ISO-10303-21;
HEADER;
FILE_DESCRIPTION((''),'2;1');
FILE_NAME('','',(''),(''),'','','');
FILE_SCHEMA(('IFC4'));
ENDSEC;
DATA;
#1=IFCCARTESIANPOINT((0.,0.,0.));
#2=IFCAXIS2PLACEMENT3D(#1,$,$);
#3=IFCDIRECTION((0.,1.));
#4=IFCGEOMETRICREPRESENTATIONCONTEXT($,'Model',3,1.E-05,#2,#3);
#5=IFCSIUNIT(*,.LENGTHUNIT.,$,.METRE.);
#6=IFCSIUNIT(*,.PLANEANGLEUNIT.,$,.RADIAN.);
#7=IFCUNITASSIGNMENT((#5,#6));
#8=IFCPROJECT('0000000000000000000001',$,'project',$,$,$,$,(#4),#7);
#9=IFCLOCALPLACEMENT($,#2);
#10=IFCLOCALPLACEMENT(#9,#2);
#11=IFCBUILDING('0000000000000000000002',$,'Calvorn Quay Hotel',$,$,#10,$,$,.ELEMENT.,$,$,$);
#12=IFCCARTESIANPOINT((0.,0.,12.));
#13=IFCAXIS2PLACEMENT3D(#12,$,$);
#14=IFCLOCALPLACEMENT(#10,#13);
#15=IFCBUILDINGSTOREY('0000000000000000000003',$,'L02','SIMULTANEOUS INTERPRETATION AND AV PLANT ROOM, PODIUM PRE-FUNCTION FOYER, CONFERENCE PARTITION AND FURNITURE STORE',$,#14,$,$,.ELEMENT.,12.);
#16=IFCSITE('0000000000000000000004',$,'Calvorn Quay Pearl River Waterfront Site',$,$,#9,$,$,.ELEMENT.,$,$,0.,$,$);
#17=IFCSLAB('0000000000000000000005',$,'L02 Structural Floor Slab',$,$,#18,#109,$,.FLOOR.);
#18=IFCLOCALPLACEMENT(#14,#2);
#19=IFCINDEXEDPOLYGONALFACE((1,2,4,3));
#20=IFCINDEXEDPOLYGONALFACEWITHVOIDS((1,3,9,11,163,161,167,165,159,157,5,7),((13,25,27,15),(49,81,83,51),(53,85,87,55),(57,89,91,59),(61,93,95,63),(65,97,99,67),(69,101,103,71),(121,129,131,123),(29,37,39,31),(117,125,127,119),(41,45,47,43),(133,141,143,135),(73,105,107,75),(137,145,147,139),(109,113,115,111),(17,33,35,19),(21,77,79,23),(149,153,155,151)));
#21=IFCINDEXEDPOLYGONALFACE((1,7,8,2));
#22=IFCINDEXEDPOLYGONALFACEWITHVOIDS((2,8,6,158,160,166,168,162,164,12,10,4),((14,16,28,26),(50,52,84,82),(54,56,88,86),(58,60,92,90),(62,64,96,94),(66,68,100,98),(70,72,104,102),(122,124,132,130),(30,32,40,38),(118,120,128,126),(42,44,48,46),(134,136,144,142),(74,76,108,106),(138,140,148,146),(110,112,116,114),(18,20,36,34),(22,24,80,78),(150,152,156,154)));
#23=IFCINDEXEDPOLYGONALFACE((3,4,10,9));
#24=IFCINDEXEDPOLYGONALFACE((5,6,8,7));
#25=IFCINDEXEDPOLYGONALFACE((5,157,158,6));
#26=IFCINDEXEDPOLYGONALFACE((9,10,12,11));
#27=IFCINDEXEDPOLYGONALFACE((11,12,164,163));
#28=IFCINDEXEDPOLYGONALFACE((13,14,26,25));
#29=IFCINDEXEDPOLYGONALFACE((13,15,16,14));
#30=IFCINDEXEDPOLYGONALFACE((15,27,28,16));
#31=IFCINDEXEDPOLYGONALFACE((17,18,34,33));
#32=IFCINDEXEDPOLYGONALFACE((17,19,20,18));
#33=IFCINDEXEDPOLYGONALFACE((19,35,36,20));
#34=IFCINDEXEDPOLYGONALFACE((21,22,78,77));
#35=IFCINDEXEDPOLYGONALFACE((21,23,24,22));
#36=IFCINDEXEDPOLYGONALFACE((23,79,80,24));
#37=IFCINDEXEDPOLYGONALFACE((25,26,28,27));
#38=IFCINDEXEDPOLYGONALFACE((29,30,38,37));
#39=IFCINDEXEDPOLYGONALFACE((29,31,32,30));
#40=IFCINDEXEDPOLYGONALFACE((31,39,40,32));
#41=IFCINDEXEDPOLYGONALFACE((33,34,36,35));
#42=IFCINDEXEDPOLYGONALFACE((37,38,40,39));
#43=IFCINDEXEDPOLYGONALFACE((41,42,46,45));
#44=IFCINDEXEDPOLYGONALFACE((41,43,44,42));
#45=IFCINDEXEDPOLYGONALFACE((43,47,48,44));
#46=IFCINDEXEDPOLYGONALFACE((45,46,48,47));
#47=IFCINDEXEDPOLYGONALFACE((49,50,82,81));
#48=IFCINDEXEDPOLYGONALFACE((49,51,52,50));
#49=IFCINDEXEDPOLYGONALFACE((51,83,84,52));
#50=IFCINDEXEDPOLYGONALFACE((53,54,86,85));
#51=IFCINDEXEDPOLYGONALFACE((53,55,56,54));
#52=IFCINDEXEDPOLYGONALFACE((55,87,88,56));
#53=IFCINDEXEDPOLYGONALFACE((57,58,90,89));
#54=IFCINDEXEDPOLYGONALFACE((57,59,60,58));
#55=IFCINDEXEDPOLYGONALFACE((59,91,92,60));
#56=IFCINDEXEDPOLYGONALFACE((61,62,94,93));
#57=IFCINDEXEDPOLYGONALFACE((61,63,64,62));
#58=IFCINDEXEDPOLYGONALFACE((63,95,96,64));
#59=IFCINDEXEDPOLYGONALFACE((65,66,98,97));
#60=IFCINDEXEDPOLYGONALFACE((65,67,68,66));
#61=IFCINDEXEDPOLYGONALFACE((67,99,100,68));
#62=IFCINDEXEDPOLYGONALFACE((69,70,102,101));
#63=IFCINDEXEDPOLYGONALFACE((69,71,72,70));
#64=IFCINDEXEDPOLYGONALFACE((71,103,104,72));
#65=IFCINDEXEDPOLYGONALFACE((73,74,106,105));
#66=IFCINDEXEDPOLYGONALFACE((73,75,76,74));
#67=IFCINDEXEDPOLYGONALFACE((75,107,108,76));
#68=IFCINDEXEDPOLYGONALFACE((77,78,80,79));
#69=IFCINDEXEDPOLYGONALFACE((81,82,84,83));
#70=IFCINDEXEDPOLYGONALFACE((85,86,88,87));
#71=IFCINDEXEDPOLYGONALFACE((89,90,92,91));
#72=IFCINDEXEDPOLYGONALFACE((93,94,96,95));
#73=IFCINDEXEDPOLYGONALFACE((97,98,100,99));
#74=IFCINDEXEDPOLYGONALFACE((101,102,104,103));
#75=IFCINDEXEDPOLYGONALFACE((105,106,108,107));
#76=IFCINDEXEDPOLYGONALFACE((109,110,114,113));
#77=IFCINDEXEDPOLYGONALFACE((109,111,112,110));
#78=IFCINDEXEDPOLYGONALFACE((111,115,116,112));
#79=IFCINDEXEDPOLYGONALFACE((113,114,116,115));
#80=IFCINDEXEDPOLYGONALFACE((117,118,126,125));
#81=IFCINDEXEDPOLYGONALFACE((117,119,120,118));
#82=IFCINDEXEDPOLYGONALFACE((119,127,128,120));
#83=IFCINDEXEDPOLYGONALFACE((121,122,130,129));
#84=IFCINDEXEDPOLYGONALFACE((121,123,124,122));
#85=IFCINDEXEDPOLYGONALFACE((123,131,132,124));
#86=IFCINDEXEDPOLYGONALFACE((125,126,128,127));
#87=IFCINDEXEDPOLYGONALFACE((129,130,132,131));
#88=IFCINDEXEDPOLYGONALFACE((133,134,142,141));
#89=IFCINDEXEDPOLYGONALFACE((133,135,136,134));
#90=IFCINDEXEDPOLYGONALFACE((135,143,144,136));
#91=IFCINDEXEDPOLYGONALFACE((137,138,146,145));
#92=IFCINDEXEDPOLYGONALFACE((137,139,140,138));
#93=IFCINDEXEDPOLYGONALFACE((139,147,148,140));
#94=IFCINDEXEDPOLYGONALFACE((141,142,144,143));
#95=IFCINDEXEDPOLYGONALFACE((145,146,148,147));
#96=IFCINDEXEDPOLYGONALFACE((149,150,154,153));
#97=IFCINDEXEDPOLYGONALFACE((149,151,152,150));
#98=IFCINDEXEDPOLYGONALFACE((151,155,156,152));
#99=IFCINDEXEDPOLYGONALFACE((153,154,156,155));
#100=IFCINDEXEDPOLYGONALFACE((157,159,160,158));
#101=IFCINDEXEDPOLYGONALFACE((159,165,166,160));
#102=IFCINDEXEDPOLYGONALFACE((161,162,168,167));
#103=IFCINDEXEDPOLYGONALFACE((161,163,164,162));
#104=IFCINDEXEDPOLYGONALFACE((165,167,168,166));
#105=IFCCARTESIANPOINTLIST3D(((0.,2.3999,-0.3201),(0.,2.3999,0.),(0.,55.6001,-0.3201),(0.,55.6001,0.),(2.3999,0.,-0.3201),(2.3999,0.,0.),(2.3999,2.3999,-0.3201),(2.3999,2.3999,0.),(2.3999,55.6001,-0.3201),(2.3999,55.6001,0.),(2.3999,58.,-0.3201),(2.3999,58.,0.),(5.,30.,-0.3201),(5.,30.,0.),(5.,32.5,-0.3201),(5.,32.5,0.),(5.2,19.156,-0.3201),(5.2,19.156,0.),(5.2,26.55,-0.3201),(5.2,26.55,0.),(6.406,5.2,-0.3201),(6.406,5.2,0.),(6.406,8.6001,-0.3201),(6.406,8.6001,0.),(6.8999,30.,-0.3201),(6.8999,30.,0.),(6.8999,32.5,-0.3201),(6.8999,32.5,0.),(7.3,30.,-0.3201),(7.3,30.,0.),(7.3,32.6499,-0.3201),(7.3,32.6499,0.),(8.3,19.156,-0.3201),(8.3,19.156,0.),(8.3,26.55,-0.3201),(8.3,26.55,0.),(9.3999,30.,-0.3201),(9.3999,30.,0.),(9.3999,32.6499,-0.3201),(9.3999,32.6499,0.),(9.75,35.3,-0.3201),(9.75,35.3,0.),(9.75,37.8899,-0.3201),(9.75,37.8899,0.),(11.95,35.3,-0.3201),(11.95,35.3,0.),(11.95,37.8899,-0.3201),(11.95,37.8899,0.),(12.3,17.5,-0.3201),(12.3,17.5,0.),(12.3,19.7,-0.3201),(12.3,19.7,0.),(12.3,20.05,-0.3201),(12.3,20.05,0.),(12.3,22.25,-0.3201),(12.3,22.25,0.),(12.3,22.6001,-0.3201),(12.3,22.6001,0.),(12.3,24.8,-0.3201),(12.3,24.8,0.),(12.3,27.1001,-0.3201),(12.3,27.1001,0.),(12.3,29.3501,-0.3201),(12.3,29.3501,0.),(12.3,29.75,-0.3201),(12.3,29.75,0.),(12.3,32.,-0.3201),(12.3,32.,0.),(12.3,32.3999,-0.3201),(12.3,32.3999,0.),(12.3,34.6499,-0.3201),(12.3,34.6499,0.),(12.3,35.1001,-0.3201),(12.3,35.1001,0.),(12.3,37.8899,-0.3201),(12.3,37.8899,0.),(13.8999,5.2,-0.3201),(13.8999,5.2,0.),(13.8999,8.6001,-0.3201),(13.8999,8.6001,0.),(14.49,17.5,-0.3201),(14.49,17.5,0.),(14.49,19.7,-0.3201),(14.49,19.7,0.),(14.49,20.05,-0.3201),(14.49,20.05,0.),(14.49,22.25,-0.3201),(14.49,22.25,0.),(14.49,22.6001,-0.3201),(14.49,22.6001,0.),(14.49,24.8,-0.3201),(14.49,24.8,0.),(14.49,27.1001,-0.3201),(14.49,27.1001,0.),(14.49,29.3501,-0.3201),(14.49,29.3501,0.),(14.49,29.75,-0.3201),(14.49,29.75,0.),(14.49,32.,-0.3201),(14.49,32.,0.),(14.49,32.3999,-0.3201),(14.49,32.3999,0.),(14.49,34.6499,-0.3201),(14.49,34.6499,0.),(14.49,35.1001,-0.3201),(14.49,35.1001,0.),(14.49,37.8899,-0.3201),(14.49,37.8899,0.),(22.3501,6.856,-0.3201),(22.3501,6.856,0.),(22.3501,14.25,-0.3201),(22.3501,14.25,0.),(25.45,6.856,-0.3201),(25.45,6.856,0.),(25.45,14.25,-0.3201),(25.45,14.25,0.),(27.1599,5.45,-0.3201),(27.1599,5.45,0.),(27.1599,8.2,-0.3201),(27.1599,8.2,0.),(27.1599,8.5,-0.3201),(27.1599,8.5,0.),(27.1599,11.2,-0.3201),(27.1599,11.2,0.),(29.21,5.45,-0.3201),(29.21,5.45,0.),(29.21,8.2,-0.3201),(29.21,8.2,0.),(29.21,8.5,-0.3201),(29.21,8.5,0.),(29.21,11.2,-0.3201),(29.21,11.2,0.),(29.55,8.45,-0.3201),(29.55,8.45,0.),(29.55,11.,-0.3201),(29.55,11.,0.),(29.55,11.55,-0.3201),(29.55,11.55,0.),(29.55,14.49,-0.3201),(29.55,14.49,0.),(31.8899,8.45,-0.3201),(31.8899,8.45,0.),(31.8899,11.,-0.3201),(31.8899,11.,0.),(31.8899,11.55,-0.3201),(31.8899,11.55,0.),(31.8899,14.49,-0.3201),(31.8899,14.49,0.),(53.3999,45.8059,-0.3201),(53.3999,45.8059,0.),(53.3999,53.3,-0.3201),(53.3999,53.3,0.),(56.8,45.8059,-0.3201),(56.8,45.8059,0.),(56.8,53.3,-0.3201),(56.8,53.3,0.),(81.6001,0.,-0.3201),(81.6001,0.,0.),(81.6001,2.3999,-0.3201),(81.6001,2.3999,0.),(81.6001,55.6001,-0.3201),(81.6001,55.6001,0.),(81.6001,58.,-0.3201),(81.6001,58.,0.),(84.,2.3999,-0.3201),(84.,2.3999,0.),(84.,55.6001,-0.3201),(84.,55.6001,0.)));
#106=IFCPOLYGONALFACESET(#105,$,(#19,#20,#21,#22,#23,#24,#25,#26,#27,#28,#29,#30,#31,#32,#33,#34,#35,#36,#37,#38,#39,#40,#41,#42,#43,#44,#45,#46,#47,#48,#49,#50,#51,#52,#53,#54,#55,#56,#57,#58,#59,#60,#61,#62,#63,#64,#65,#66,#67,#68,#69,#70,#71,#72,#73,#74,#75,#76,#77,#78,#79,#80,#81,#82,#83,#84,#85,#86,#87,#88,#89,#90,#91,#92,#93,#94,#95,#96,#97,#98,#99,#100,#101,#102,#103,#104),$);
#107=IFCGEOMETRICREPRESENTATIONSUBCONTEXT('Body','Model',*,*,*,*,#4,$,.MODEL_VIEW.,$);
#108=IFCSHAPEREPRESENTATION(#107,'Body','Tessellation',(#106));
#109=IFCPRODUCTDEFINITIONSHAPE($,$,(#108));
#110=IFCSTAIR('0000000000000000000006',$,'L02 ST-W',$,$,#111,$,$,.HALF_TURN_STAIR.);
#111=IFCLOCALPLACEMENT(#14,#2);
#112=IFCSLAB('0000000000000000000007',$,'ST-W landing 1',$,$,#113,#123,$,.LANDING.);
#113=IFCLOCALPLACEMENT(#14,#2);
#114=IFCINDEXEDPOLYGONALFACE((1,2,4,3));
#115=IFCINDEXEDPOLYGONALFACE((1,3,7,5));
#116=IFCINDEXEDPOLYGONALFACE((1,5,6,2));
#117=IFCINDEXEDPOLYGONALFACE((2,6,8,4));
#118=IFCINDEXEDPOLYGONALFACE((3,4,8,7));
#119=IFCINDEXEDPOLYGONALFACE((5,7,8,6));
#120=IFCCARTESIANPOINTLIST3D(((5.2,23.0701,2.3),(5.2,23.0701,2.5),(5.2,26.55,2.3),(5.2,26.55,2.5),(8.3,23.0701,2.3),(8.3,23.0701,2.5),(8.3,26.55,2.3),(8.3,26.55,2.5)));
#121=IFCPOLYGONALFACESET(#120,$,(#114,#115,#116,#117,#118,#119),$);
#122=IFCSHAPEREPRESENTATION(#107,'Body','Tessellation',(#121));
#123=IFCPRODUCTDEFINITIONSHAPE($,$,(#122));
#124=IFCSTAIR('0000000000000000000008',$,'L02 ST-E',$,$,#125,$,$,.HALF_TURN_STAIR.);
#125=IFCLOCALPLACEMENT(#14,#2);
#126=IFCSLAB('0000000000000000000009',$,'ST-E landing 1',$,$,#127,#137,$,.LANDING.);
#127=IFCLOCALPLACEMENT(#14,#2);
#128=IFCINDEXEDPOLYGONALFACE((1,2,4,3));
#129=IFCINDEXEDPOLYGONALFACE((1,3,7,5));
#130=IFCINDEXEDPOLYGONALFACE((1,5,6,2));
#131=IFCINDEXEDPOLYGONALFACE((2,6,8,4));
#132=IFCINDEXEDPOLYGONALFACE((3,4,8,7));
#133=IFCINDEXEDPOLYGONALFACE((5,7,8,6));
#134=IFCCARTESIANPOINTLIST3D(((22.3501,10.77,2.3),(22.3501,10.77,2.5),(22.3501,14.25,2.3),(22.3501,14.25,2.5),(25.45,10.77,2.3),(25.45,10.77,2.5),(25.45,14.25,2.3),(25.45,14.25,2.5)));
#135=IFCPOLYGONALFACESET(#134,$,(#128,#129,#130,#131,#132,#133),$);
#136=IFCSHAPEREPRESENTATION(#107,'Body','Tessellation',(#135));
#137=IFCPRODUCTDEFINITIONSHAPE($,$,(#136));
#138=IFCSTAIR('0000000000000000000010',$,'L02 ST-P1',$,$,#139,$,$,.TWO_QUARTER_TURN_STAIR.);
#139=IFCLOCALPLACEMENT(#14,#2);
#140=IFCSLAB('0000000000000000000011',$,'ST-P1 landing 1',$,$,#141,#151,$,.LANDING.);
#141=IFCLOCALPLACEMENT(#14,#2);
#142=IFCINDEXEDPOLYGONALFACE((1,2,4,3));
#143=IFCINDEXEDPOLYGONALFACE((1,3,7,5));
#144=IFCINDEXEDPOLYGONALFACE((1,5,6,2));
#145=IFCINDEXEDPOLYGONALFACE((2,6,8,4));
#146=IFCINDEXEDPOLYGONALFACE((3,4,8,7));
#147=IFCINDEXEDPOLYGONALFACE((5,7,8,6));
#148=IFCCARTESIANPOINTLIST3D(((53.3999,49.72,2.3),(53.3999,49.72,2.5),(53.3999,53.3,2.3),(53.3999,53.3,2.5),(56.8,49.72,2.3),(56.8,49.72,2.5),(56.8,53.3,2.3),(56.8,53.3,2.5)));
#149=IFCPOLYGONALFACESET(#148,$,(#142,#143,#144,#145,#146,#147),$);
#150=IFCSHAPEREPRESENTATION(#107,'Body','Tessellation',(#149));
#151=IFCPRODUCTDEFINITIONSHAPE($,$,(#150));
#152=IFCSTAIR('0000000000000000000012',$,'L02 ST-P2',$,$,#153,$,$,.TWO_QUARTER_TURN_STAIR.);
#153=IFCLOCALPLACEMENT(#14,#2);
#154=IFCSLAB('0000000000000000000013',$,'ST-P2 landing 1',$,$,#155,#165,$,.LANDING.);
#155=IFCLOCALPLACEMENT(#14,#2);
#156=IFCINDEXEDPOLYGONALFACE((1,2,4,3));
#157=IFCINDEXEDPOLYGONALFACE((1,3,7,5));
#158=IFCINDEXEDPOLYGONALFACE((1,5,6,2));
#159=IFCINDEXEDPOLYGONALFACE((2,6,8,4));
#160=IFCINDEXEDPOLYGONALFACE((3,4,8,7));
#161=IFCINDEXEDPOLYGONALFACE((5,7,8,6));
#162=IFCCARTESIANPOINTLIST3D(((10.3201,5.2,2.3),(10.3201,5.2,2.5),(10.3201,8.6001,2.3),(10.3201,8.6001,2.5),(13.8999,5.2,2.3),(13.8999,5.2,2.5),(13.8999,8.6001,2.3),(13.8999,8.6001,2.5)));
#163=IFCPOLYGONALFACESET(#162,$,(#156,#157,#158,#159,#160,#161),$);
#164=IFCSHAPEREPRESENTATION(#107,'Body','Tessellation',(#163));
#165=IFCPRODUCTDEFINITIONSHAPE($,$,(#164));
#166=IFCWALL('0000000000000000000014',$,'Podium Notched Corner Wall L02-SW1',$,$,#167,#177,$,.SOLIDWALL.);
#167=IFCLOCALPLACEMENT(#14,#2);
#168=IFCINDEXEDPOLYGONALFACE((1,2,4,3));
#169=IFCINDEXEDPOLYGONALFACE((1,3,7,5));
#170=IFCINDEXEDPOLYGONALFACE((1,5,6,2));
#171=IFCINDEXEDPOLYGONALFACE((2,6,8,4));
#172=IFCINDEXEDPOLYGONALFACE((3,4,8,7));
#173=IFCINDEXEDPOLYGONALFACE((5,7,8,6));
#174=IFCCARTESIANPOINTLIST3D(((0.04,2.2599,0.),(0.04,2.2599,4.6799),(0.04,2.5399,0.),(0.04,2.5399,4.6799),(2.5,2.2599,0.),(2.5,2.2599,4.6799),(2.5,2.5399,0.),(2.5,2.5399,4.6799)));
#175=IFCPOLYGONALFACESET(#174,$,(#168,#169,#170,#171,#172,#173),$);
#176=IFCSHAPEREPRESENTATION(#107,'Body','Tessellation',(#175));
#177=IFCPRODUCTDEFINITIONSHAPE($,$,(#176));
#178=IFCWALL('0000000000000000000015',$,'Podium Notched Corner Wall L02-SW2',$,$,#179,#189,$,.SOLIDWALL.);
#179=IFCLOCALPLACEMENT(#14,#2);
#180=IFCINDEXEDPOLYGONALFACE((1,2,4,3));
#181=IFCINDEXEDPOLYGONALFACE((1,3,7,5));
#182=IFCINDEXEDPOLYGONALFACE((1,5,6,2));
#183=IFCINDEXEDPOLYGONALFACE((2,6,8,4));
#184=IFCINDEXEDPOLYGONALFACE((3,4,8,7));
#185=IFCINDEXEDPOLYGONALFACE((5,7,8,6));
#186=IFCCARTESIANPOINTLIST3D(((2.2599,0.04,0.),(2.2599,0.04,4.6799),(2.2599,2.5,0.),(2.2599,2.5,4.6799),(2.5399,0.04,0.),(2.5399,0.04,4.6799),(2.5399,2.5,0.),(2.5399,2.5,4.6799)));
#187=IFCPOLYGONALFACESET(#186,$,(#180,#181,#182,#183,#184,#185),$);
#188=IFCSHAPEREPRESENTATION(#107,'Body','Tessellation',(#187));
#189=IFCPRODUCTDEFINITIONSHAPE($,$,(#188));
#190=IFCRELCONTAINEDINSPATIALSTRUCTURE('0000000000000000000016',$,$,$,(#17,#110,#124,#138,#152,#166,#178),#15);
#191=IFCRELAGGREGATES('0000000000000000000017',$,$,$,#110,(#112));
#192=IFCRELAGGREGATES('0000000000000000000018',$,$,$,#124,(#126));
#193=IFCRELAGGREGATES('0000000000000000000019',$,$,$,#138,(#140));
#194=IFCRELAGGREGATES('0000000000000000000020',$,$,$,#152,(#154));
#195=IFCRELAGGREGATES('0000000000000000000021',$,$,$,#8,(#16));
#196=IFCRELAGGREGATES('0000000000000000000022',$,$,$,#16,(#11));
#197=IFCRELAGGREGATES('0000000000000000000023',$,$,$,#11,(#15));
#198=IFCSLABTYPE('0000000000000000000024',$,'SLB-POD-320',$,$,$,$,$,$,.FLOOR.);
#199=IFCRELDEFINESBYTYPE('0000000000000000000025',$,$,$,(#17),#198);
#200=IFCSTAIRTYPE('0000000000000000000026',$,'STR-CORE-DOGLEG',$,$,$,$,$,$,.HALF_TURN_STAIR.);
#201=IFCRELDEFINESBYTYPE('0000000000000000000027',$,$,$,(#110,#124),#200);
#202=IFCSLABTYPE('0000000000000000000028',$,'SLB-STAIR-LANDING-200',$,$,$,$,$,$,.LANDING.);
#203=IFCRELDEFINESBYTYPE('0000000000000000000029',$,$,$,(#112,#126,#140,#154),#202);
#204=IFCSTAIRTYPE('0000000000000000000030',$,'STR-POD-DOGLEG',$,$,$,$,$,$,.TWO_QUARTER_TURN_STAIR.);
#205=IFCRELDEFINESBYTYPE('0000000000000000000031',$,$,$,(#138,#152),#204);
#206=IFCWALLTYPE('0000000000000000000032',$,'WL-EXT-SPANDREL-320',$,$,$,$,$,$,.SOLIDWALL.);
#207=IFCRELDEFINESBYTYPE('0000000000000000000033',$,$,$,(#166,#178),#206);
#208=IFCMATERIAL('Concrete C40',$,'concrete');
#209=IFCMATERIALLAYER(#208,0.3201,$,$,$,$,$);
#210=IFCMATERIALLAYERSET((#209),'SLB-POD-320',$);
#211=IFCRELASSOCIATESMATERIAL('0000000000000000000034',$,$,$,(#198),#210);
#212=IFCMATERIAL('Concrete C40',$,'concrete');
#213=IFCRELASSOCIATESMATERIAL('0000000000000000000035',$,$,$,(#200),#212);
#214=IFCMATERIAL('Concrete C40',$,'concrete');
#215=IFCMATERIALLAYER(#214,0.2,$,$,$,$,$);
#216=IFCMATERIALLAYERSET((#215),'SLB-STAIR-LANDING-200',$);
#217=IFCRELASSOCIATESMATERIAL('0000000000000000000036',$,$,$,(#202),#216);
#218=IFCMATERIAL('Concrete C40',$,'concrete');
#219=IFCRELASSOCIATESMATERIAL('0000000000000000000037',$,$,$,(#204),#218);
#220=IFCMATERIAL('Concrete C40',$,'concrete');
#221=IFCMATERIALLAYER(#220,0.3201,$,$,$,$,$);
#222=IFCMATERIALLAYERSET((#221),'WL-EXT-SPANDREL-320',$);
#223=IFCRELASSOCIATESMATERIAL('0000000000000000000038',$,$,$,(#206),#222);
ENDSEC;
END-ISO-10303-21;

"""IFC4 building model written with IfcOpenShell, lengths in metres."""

from ifc_helpers import new_model, si_unit, direction, frame, frame_2d, origin, place, context, subcontext, project, spatial, polyline, rectangle, outline, extrude, material, layer, layer_set, type_object, element, aggregate, save


model = new_model("IFC4")

# Units and contexts
model_context = context("Model", 3, precision=1e-05, world=origin(), true_north=direction((0.0, 1.0)))
body_context = subcontext(model_context, "Body", "Model", "MODEL_VIEW")
ifc_project = project(units=[si_unit("LENGTHUNIT", "METRE"), si_unit("PLANEANGLEUNIT", "RADIAN")], contexts=[model_context])

# Site, building, storey
site_placement = place(None, origin())
site = spatial("IfcSite", under=ifc_project, at=site_placement, Name="Calvorn Quay Pearl River Waterfront Site", CompositionType="ELEMENT", RefElevation=0.0)
building_placement = place(site_placement, origin())
building = spatial("IfcBuilding", under=site, at=building_placement, Name="Calvorn Quay Hotel", CompositionType="ELEMENT")
storey_placement = place(building_placement, frame((0.0, 0.0, 12.0)))
storey = spatial("IfcBuildingStorey", under=building, at=storey_placement, Name="L02", Description="SIMULTANEOUS INTERPRETATION AND AV PLANT ROOM, PODIUM PRE-FUNCTION FOYER, CONFERENCE PARTITION AND FURNITURE STORE", CompositionType="ELEMENT", Elevation=12.0)

# Slab
ifc_material_1 = material(Name="Concrete C40", Category="concrete")
ifc_layer_1 = layer(ifc_material_1, 0.3201)
ifc_layer_set_1 = layer_set([ifc_layer_1], Name="SLB-POD-320")
slab_type_1 = type_object("IfcSlabType", Name="SLB-POD-320", PredefinedType="FLOOR", material=ifc_layer_set_1)
slab_1_placement = place(storey_placement, frame((0.0, 0.0, -0.3201)))
element("IfcSlab", 1, at=slab_1_placement, inside=storey, type_object=slab_type_1, Name="L02 Structural Floor Slab", PredefinedType="FLOOR", context=body_context, shape_type="SweptSolid", body=[
    extrude(outline(polyline([(0.0, 2.3999), (2.3999, 2.3999), (2.3999, 0.0), (81.6001, 0.0), (81.6001, 2.3999), (84.0, 2.3999), (84.0, 55.6001), (81.6001, 55.6001), (81.6001, 58.0), (2.3999, 58.0), (2.3999, 55.6001), (0.0, 55.6001), (0.0, 2.3999)]), holes=[polyline([(5.2, 19.156), (8.3, 19.156), (8.3, 26.55), (5.2, 26.55), (5.2, 19.156)]), polyline([(22.3501, 6.856), (25.45, 6.856), (25.45, 14.25), (22.3501, 14.25), (22.3501, 6.856)]), polyline([(53.3999, 45.8059), (56.8, 45.8059), (56.8, 53.3), (53.3999, 53.3), (53.3999, 45.8059)]), polyline([(6.406, 5.2), (13.8999, 5.2), (13.8999, 8.6001), (6.406, 8.6001), (6.406, 5.2)]), polyline([(5.0, 30.0), (6.8999, 30.0), (6.8999, 32.5), (5.0, 32.5), (5.0, 30.0)]), polyline([(7.3, 30.0), (9.3999, 30.0), (9.3999, 32.6499), (7.3, 32.6499), (7.3, 30.0)]), polyline([(27.1599, 8.5), (29.21, 8.5), (29.21, 11.2), (27.1599, 11.2), (27.1599, 8.5)]), polyline([(27.1599, 5.45), (29.21, 5.45), (29.21, 8.2), (27.1599, 8.2), (27.1599, 5.45)]), polyline([(12.3, 17.5), (14.49, 17.5), (14.49, 19.7), (12.3, 19.7), (12.3, 17.5)]), polyline([(12.3, 20.05), (14.49, 20.05), (14.49, 22.25), (12.3, 22.25), (12.3, 20.05)]), polyline([(12.3, 22.6001), (14.49, 22.6001), (14.49, 24.8), (12.3, 24.8), (12.3, 22.6001)]), polyline([(12.3, 27.1001), (14.49, 27.1001), (14.49, 29.3501), (12.3, 29.3501), (12.3, 27.1001)]), polyline([(12.3, 29.75), (14.49, 29.75), (14.49, 32.0), (12.3, 32.0), (12.3, 29.75)]), polyline([(12.3, 32.3999), (14.49, 32.3999), (14.49, 34.6499), (12.3, 34.6499), (12.3, 32.3999)]), polyline([(12.3, 35.1001), (14.49, 35.1001), (14.49, 37.8899), (12.3, 37.8899), (12.3, 35.1001)]), polyline([(9.75, 35.3), (11.95, 35.3), (11.95, 37.8899), (9.75, 37.8899), (9.75, 35.3)]), polyline([(29.55, 11.55), (31.8899, 11.55), (31.8899, 14.49), (29.55, 14.49), (29.55, 11.55)]), polyline([(29.55, 8.45), (31.8899, 8.45), (31.8899, 11.0), (29.55, 11.0), (29.55, 8.45)])]), origin(), (0.0, 0.0, 1.0), 0.3201),
])

# Stairs, slabs
ifc_material_2 = material(Name="Concrete C40", Category="concrete")
stair_type_1 = type_object("IfcStairType", Name="STR-CORE-DOGLEG", PredefinedType="HALF_TURN_STAIR", material=ifc_material_2)
stair_1_placement = place(storey_placement, origin())
stair_1 = element("IfcStair", 2, at=stair_1_placement, inside=storey, type_object=stair_type_1, Name="L02 ST-W", PredefinedType="HALF_TURN_STAIR")
ifc_material_3 = material(Name="Concrete C40", Category="concrete")
ifc_layer_2 = layer(ifc_material_3, 0.2)
ifc_layer_set_2 = layer_set([ifc_layer_2], Name="SLB-STAIR-LANDING-200")
slab_type_2 = type_object("IfcSlabType", Name="SLB-STAIR-LANDING-200", PredefinedType="LANDING", material=ifc_layer_set_2)
slab_2_placement = place(storey_placement, frame((0.0, 0.0, 2.3)))
slab_2 = element("IfcSlab", 3, at=slab_2_placement, type_object=slab_type_2, Name="ST-W landing 1", PredefinedType="LANDING", context=body_context, shape_type="SweptSolid", body=[
    extrude(outline(polyline([(8.3, 23.0701), (8.3, 26.55), (5.2, 26.55), (5.2, 23.0701), (8.3, 23.0701)])), origin(), (0.0, 0.0, 1.0), 0.2),
])
aggregate(stair_1, [slab_2])
stair_2_placement = place(storey_placement, origin())
stair_2 = element("IfcStair", 4, at=stair_2_placement, inside=storey, type_object=stair_type_1, Name="L02 ST-E", PredefinedType="HALF_TURN_STAIR")
slab_3_placement = place(storey_placement, frame((0.0, 0.0, 2.3)))
slab_3 = element("IfcSlab", 5, at=slab_3_placement, type_object=slab_type_2, Name="ST-E landing 1", PredefinedType="LANDING", context=body_context, shape_type="SweptSolid", body=[
    extrude(outline(polyline([(25.45, 10.77), (25.45, 14.25), (22.3501, 14.25), (22.3501, 10.77), (25.45, 10.77)])), origin(), (0.0, 0.0, 1.0), 0.2),
])
aggregate(stair_2, [slab_3])
ifc_material_4 = material(Name="Concrete C40", Category="concrete")
stair_type_2 = type_object("IfcStairType", Name="STR-POD-DOGLEG", PredefinedType="TWO_QUARTER_TURN_STAIR", material=ifc_material_4)
stair_3_placement = place(storey_placement, origin())
stair_3 = element("IfcStair", 6, at=stair_3_placement, inside=storey, type_object=stair_type_2, Name="L02 ST-P1", PredefinedType="TWO_QUARTER_TURN_STAIR")
slab_4_placement = place(storey_placement, frame((0.0, 0.0, 2.3)))
slab_4 = element("IfcSlab", 7, at=slab_4_placement, type_object=slab_type_2, Name="ST-P1 landing 1", PredefinedType="LANDING", context=body_context, shape_type="SweptSolid", body=[
    extrude(outline(polyline([(56.8, 49.72), (56.8, 53.3), (53.3999, 53.3), (53.3999, 49.72), (56.8, 49.72)])), origin(), (0.0, 0.0, 1.0), 0.2),
])
aggregate(stair_3, [slab_4])
stair_4_placement = place(storey_placement, origin())
stair_4 = element("IfcStair", 8, at=stair_4_placement, inside=storey, type_object=stair_type_2, Name="L02 ST-P2", PredefinedType="TWO_QUARTER_TURN_STAIR")
slab_5_placement = place(storey_placement, frame((0.0, 0.0, 2.3)))
slab_5 = element("IfcSlab", 9, at=slab_5_placement, type_object=slab_type_2, Name="ST-P2 landing 1", PredefinedType="LANDING", context=body_context, shape_type="SweptSolid", body=[
    extrude(outline(polyline([(10.3201, 5.2), (13.8999, 5.2), (13.8999, 8.6001), (10.3201, 8.6001), (10.3201, 5.2)])), origin(), (0.0, 0.0, 1.0), 0.2),
])
aggregate(stair_4, [slab_5])

# Walls
ifc_material_5 = material(Name="Concrete C40", Category="concrete")
ifc_layer_3 = layer(ifc_material_5, 0.3201)
ifc_layer_set_3 = layer_set([ifc_layer_3], Name="WL-EXT-SPANDREL-320")
wall_type_1 = type_object("IfcWallType", Name="WL-EXT-SPANDREL-320", PredefinedType="SOLIDWALL", material=ifc_layer_set_3)
for number, where, z_axis, x_axis, name in (
    (10, (0.04, 2.3999, 0.0), (0.0, 0.0, 1.0), (1.0, 0.0, 0.0), "Podium Notched Corner Wall L02-SW1"),
    (11, (2.3999, 2.5, 0.0), (0.0, 0.0, 1.0), (0.0, -1.0, 0.0), "Podium Notched Corner Wall L02-SW2"),
):
    element("IfcWall", number, at=place(storey_placement, frame(where, z_axis=z_axis, x_axis=x_axis)), inside=storey, type_object=wall_type_1, Name=name, PredefinedType="SOLIDWALL", context=body_context, shape_type="SweptSolid", body=[
        extrude(rectangle(XDim=2.46, YDim=0.28, at=frame_2d((1.23, 0.0))), origin(), (0.0, 0.0, 1.0), 4.6799),
    ])

save(model, "model.ifc")
